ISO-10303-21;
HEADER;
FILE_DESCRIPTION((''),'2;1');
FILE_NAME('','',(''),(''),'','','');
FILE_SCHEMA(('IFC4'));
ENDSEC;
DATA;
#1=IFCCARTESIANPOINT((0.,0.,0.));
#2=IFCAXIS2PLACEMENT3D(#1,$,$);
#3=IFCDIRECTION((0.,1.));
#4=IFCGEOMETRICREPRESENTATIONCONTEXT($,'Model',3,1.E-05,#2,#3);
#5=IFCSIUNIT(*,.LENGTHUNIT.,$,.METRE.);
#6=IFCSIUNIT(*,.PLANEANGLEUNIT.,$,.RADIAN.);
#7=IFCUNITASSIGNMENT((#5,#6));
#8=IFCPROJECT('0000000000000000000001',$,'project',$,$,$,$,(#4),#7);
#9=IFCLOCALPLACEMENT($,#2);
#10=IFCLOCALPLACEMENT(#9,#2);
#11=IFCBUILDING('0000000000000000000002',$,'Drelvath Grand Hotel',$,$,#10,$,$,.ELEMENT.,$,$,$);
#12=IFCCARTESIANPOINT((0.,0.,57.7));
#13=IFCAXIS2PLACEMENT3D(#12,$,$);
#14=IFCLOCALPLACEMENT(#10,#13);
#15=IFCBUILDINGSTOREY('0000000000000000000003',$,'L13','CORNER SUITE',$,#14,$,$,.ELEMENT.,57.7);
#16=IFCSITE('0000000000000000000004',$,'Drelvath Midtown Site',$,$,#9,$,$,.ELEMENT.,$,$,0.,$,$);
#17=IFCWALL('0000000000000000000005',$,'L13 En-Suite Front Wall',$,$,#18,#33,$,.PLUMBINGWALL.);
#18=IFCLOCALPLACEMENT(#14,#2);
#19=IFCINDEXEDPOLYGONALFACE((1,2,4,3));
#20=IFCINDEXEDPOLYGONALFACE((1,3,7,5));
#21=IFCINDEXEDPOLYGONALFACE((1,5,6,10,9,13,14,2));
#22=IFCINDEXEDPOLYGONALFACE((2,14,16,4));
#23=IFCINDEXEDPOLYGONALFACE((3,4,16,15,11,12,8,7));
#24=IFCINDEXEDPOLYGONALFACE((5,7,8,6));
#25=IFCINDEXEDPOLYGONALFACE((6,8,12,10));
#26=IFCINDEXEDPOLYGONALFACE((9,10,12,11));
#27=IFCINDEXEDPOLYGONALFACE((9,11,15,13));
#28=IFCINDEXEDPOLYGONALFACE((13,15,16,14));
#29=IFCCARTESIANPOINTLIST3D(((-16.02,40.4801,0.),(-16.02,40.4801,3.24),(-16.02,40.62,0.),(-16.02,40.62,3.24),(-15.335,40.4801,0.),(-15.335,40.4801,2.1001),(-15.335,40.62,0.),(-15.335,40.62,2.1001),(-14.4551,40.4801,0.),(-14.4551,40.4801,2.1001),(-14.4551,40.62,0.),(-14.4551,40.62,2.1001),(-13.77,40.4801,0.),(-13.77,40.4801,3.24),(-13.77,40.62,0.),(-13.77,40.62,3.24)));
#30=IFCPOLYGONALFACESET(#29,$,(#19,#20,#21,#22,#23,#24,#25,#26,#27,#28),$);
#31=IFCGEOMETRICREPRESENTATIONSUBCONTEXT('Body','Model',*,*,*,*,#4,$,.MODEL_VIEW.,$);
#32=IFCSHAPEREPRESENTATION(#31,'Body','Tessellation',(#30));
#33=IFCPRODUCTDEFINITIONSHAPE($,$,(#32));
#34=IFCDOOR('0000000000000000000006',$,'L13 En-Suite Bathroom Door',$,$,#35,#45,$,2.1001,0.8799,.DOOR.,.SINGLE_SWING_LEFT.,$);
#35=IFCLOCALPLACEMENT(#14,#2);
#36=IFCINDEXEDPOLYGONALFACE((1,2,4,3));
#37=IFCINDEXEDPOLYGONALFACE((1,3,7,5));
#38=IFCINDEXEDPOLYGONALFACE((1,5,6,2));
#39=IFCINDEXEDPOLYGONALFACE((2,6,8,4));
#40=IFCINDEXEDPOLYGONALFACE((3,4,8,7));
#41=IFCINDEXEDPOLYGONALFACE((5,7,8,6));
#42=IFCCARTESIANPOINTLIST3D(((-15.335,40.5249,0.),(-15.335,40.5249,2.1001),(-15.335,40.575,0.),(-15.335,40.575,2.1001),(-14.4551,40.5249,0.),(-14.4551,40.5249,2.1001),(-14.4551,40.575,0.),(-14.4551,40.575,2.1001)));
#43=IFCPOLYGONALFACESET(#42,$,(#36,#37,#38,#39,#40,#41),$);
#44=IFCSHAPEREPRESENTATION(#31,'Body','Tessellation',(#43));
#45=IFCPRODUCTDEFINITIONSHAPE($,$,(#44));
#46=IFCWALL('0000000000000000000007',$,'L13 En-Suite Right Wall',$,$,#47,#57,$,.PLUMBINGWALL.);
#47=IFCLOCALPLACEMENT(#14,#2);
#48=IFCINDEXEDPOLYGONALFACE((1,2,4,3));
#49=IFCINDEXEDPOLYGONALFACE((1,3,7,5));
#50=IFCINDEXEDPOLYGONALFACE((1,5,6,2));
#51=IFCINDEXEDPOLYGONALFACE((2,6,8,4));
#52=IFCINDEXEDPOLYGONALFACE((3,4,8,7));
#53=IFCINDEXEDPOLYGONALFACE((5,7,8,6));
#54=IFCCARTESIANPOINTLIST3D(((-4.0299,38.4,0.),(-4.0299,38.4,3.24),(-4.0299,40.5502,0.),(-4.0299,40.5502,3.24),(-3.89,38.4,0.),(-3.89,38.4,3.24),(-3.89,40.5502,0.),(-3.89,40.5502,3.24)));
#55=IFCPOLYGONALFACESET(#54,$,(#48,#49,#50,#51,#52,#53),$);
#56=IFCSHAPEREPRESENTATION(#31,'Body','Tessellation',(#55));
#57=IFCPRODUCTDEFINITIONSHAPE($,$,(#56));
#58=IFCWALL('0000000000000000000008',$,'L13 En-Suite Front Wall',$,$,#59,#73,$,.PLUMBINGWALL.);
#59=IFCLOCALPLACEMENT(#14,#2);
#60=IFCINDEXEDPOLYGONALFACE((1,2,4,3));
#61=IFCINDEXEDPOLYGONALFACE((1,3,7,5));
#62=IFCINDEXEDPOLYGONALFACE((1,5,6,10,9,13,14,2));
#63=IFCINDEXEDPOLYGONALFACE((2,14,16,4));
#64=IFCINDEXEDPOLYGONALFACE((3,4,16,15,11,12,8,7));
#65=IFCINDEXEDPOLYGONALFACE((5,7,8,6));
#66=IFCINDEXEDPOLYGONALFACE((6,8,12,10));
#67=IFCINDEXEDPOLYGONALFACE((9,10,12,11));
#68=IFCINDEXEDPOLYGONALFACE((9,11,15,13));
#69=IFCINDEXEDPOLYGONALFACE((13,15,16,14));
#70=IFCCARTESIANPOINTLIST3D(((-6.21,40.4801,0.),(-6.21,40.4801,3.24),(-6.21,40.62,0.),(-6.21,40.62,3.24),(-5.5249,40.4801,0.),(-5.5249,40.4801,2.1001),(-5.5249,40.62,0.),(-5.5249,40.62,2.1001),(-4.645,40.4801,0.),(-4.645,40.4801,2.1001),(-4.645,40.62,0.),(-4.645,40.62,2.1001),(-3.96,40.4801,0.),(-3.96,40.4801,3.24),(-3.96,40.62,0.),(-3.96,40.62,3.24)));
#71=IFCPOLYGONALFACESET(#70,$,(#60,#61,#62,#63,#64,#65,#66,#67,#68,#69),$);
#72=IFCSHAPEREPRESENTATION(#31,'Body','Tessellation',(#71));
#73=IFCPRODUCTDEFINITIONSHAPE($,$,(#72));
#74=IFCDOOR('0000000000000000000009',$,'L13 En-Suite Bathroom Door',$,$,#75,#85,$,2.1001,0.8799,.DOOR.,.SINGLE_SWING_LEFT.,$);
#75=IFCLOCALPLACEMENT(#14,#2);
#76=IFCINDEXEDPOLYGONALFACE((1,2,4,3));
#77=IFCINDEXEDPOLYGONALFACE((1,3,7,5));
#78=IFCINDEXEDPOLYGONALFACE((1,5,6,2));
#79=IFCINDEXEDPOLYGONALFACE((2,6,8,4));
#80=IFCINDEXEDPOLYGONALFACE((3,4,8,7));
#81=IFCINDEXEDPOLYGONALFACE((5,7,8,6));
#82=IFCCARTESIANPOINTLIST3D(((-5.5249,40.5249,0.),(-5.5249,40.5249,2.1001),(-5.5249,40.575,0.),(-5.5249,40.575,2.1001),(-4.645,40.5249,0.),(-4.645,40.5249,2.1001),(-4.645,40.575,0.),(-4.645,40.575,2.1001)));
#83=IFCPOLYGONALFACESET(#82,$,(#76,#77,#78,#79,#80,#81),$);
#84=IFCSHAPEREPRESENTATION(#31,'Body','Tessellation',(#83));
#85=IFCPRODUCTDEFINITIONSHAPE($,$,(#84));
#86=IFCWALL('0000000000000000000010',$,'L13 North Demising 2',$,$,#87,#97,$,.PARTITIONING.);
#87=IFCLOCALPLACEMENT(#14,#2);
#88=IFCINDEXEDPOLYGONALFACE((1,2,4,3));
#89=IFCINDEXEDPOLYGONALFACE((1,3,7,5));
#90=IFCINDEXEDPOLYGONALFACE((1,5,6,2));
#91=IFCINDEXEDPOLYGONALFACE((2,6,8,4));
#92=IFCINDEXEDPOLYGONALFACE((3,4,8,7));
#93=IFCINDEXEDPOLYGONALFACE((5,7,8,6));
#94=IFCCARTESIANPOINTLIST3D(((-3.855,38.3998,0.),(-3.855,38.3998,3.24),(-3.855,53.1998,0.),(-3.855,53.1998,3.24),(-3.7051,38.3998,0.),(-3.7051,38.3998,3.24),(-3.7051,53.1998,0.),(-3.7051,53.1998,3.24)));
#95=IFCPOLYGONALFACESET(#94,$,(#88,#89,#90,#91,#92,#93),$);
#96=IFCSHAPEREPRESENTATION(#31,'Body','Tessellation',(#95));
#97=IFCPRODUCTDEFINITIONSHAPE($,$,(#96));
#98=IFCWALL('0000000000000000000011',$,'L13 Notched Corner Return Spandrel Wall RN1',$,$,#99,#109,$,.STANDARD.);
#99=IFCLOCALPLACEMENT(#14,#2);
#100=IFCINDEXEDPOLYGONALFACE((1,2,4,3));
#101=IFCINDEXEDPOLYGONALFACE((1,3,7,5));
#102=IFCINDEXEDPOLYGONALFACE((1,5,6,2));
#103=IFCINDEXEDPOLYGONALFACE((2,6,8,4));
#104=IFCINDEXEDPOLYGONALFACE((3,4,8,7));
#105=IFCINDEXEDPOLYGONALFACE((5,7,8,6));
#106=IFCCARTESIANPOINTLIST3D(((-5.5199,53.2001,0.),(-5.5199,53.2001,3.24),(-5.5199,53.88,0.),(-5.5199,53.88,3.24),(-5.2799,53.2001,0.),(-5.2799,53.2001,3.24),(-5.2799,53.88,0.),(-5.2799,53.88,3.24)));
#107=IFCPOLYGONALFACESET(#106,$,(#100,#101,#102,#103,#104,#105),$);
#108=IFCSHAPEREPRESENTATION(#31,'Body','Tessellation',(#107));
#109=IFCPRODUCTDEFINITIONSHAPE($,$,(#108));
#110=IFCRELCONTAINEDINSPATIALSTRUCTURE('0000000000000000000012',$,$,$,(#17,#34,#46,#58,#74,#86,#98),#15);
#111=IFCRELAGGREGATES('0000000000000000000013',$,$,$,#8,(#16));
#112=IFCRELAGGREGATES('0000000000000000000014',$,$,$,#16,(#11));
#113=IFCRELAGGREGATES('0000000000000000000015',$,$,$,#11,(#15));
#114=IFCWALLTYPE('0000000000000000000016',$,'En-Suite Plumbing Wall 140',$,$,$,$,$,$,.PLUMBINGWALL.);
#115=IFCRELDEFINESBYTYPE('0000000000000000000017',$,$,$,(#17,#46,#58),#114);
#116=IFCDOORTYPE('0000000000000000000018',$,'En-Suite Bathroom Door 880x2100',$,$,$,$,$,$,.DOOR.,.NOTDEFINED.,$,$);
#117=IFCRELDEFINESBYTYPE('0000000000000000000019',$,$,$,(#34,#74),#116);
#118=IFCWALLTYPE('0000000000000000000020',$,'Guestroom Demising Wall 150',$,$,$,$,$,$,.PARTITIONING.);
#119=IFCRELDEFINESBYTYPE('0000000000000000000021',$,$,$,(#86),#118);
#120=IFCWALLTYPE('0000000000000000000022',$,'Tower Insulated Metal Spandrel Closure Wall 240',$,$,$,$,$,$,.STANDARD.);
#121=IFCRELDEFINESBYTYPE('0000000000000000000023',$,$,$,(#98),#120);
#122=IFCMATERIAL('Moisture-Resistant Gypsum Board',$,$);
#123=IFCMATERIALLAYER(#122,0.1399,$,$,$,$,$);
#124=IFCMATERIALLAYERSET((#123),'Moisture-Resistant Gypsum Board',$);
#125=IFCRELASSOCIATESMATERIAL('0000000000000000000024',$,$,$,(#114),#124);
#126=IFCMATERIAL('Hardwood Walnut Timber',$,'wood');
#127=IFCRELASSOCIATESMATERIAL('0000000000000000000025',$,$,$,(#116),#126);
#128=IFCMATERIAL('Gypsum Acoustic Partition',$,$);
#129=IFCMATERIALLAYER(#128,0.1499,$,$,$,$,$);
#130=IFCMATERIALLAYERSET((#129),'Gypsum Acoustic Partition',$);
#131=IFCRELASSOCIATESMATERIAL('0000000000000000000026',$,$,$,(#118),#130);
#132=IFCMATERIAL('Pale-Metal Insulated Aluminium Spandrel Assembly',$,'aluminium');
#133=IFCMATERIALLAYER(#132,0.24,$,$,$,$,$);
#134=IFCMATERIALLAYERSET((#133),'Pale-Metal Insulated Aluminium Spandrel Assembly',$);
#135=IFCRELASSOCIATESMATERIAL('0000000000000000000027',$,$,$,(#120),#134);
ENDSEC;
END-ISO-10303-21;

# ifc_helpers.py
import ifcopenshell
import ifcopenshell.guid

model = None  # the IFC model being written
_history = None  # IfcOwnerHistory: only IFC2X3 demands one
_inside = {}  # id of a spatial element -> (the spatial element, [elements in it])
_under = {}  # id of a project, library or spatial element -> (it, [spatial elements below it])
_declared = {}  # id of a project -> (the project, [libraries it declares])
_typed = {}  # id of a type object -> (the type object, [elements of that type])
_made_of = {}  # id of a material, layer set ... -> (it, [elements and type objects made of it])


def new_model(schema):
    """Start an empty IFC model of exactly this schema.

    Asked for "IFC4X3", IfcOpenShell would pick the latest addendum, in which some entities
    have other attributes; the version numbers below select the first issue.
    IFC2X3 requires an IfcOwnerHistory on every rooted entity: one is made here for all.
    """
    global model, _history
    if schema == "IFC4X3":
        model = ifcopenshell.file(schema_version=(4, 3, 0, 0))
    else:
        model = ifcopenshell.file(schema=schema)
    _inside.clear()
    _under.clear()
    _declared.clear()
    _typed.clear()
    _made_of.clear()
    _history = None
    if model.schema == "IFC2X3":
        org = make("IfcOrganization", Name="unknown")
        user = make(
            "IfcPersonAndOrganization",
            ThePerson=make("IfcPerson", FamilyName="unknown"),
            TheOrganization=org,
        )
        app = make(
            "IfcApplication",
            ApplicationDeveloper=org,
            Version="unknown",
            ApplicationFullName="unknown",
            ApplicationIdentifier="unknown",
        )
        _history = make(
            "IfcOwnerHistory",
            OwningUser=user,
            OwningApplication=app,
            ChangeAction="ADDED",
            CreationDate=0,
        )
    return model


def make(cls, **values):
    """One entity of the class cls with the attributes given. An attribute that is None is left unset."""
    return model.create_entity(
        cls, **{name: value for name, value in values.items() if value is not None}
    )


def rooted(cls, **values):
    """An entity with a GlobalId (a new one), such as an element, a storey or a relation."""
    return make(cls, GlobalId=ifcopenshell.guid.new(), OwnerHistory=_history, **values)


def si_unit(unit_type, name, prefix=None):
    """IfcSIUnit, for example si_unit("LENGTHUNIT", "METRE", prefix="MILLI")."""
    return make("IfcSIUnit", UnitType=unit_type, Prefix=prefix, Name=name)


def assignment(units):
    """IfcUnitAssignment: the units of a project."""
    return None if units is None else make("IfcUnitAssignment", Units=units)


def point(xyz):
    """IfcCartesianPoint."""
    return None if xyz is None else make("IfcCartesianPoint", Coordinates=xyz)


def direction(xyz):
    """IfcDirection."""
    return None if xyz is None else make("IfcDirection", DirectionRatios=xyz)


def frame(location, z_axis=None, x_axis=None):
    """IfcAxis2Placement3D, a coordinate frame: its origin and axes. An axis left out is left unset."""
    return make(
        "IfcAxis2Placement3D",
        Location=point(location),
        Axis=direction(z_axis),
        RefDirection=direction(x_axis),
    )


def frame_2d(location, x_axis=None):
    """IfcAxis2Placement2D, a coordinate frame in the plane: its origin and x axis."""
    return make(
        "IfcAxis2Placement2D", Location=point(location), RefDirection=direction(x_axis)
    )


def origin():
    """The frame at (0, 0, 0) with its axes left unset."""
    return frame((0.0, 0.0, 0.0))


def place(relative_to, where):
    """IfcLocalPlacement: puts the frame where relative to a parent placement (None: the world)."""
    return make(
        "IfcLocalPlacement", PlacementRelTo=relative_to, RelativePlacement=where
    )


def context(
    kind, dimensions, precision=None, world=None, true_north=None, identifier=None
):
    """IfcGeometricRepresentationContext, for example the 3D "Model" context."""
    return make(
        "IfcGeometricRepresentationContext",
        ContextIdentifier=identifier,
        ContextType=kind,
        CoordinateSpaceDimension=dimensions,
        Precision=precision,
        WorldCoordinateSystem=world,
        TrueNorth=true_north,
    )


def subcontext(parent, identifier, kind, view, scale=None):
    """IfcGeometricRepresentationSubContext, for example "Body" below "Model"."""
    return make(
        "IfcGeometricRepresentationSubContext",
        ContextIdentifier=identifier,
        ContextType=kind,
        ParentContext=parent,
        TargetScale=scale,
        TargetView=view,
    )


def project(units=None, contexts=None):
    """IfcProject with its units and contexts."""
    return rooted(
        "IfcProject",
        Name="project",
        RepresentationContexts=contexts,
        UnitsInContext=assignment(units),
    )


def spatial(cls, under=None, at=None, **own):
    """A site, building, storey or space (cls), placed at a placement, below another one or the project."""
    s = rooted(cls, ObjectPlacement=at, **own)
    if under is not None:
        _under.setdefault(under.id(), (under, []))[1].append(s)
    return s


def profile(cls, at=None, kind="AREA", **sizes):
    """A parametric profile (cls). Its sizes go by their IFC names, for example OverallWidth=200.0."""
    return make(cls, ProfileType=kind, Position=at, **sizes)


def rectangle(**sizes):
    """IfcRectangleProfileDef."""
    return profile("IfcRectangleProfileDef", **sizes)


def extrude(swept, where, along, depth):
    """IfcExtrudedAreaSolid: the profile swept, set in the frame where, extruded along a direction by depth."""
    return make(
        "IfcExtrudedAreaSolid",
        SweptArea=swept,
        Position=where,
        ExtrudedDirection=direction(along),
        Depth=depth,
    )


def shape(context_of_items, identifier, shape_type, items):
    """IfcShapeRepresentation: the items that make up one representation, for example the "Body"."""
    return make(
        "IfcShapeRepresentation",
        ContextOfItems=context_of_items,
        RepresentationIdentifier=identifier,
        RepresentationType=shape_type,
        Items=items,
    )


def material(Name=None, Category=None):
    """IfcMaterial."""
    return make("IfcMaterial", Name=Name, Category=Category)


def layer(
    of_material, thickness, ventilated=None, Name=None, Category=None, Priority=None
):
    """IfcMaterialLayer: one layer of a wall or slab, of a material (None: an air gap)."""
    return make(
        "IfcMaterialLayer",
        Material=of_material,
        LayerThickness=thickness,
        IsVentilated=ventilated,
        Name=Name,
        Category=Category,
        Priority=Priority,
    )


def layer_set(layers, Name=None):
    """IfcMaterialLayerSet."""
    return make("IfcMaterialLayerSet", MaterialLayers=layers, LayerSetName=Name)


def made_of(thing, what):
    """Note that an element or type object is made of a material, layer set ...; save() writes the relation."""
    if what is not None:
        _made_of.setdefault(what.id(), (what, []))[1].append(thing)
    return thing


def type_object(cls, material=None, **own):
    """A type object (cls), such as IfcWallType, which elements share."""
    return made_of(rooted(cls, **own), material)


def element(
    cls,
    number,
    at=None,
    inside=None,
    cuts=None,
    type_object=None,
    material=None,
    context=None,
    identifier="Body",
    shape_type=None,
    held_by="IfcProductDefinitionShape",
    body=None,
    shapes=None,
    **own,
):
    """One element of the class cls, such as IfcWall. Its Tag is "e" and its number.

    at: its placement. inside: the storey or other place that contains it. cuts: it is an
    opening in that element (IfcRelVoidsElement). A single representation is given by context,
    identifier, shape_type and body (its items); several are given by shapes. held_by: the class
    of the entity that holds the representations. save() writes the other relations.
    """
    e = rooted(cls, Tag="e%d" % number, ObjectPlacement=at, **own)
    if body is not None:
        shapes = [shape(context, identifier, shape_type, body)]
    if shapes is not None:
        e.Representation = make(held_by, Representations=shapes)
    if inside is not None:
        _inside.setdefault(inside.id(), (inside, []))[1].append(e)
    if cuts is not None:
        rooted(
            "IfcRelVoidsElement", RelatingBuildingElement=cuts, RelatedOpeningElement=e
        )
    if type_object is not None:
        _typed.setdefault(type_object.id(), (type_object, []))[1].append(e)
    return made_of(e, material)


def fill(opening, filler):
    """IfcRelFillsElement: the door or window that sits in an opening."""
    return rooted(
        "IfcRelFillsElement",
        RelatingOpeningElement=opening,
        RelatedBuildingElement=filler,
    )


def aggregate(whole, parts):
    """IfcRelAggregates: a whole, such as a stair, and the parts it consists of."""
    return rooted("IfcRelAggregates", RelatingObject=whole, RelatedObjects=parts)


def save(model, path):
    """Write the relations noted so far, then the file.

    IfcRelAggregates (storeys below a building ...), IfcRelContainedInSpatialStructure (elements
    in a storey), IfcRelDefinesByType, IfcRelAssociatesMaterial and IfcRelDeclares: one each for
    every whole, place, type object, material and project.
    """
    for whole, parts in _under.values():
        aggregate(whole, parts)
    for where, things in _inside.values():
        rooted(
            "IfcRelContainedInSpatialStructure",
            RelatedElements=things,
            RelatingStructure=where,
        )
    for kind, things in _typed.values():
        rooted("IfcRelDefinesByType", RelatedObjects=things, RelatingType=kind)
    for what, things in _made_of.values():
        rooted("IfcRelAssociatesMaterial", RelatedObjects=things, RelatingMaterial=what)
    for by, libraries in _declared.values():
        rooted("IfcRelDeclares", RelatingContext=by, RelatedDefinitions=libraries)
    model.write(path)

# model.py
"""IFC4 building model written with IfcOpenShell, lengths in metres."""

from ifc_helpers import new_model, si_unit, direction, frame, frame_2d, origin, place, context, subcontext, project, spatial, rectangle, extrude, material, layer, layer_set, type_object, element, fill, save


model = new_model("IFC4")

# Units and contexts
model_context = context("Model", 3, precision=1e-05, world=origin(), true_north=direction((0.0, 1.0)))
body_context = subcontext(model_context, "Body", "Model", "MODEL_VIEW")
ifc_project = project(units=[si_unit("LENGTHUNIT", "METRE"), si_unit("PLANEANGLEUNIT", "RADIAN")], contexts=[model_context])

# Site, building, storey
site_placement = place(None, origin())
site = spatial("IfcSite", under=ifc_project, at=site_placement, Name="Drelvath Midtown Site", CompositionType="ELEMENT", RefElevation=0.0)
building_placement = place(site_placement, origin())
building = spatial("IfcBuilding", under=site, at=building_placement, Name="Drelvath Grand Hotel", CompositionType="ELEMENT")
storey_placement = place(building_placement, frame((0.0, 0.0, 57.7)))
storey = spatial("IfcBuildingStorey", under=building, at=storey_placement, Name="L13", Description="CORNER SUITE", CompositionType="ELEMENT", Elevation=57.7)

# Wall, opening, door
ifc_material_1 = material(Name="Moisture-Resistant Gypsum Board")
ifc_layer_1 = layer(ifc_material_1, 0.1399)
ifc_layer_set_1 = layer_set([ifc_layer_1], Name="Moisture-Resistant Gypsum Board")
wall_type_1 = type_object("IfcWallType", Name="En-Suite Plumbing Wall 140", PredefinedType="PLUMBINGWALL", material=ifc_layer_set_1)
wall_1_placement = place(storey_placement, frame((-16.02, 40.55, 0.0), z_axis=(0.0, 0.0, 1.0), x_axis=(1.0, 0.0, 0.0)))
wall_1 = element("IfcWall", 1, at=wall_1_placement, inside=storey, type_object=wall_type_1, Name="L13 En-Suite Front Wall", PredefinedType="PLUMBINGWALL", context=body_context, shape_type="SweptSolid", body=[
    extrude(rectangle(XDim=2.25, YDim=0.1399, at=frame_2d((1.125, 0.0))), origin(), (0.0, 0.0, 1.0), 3.24),
])
opening_1_placement = place(wall_1_placement, frame((0.6851, 0.0, 0.0)))
opening_1 = element("IfcOpeningElement", 2, at=opening_1_placement, cuts=wall_1, PredefinedType="OPENING", context=body_context, shape_type="SweptSolid", body=[
    extrude(rectangle(XDim=0.8799, YDim=2.1001, at=frame_2d((0.4399, 1.05))), frame((0.0, 0.0798, 0.0), z_axis=(0.0, -1.0, 0.0), x_axis=(1.0, 0.0, 0.0)), (0.0, 0.0, 1.0), 0.1599),
])
ifc_material_2 = material(Name="Hardwood Walnut Timber", Category="wood")
door_type = type_object("IfcDoorType", Name="En-Suite Bathroom Door 880x2100", OperationType="NOTDEFINED", PredefinedType="DOOR", material=ifc_material_2)
door_1_placement = place(opening_1_placement, origin())
door_1 = element("IfcDoor", 3, at=door_1_placement, inside=storey, type_object=door_type, Name="L13 En-Suite Bathroom Door", OperationType="SINGLE_SWING_LEFT", OverallHeight=2.1001, OverallWidth=0.8799, PredefinedType="DOOR", context=body_context, shape_type="SweptSolid", body=[
    extrude(rectangle(XDim=0.8799, YDim=2.1001, at=frame_2d((0.4399, 1.05))), frame((0.0, 0.0249, 0.0), z_axis=(0.0, -1.0, 0.0), x_axis=(1.0, 0.0, 0.0)), (0.0, 0.0, 1.0), 0.05),
])
fill(opening_1, door_1)

# Wall
wall_2_placement = place(storey_placement, frame((-3.96, 38.3999, 0.0), z_axis=(0.0, 0.0, 1.0), x_axis=(0.0, 1.0, 0.0)))
element("IfcWall", 4, at=wall_2_placement, inside=storey, type_object=wall_type_1, Name="L13 En-Suite Right Wall", PredefinedType="PLUMBINGWALL", context=body_context, shape_type="SweptSolid", body=[
    extrude(rectangle(XDim=2.1501, YDim=0.1399, at=frame_2d((1.0752, 0.0))), origin(), (0.0, 0.0, 1.0), 3.24),
])

# Wall, opening, door
wall_3_placement = place(storey_placement, frame((-6.21, 40.55, 0.0), z_axis=(0.0, 0.0, 1.0), x_axis=(1.0, 0.0, 0.0)))
wall_3 = element("IfcWall", 5, at=wall_3_placement, inside=storey, type_object=wall_type_1, Name="L13 En-Suite Front Wall", PredefinedType="PLUMBINGWALL", context=body_context, shape_type="SweptSolid", body=[
    extrude(rectangle(XDim=2.25, YDim=0.1399, at=frame_2d((1.125, 0.0))), origin(), (0.0, 0.0, 1.0), 3.24),
])
opening_2_placement = place(wall_3_placement, frame((0.6851, 0.0, 0.0)))
opening_2 = element("IfcOpeningElement", 6, at=opening_2_placement, cuts=wall_3, PredefinedType="OPENING", context=body_context, shape_type="SweptSolid", body=[
    extrude(rectangle(XDim=0.8799, YDim=2.1001, at=frame_2d((0.4399, 1.05))), frame((0.0, 0.0798, 0.0), z_axis=(0.0, -1.0, 0.0), x_axis=(1.0, 0.0, 0.0)), (0.0, 0.0, 1.0), 0.1599),
])
door_2_placement = place(opening_2_placement, origin())
door_2 = element("IfcDoor", 7, at=door_2_placement, inside=storey, type_object=door_type, Name="L13 En-Suite Bathroom Door", OperationType="SINGLE_SWING_LEFT", OverallHeight=2.1001, OverallWidth=0.8799, PredefinedType="DOOR", context=body_context, shape_type="SweptSolid", body=[
    extrude(rectangle(XDim=0.8799, YDim=2.1001, at=frame_2d((0.4399, 1.05))), frame((0.0, 0.0249, 0.0), z_axis=(0.0, -1.0, 0.0), x_axis=(1.0, 0.0, 0.0)), (0.0, 0.0, 1.0), 0.05),
])
fill(opening_2, door_2)

# Walls
ifc_material_3 = material(Name="Gypsum Acoustic Partition")
ifc_layer_2 = layer(ifc_material_3, 0.1499)
ifc_layer_set_2 = layer_set([ifc_layer_2], Name="Gypsum Acoustic Partition")
wall_type_2 = type_object("IfcWallType", Name="Guestroom Demising Wall 150", PredefinedType="PARTITIONING", material=ifc_layer_set_2)
wall_4_placement = place(storey_placement, frame((-3.78, 38.3999, 0.0), z_axis=(0.0, 0.0, 1.0), x_axis=(0.0, 1.0, 0.0)))
element("IfcWall", 8, at=wall_4_placement, inside=storey, type_object=wall_type_2, Name="L13 North Demising 2", PredefinedType="PARTITIONING", context=body_context, shape_type="SweptSolid", body=[
    extrude(rectangle(XDim=14.8, YDim=0.1499, at=frame_2d((7.3999, 0.0))), origin(), (0.0, 0.0, 1.0), 3.24),
])
ifc_material_4 = material(Name="Pale-Metal Insulated Aluminium Spandrel Assembly", Category="aluminium")
ifc_layer_3 = layer(ifc_material_4, 0.24)
ifc_layer_set_3 = layer_set([ifc_layer_3], Name="Pale-Metal Insulated Aluminium Spandrel Assembly")
wall_type_3 = type_object("IfcWallType", Name="Tower Insulated Metal Spandrel Closure Wall 240", PredefinedType="STANDARD", material=ifc_layer_set_3)
wall_5_placement = place(storey_placement, frame((-5.3999, 53.8799, 0.0), z_axis=(0.0, 0.0, 1.0), x_axis=(0.0, -1.0, 0.0)))
element("IfcWall", 9, at=wall_5_placement, inside=storey, type_object=wall_type_3, Name="L13 Notched Corner Return Spandrel Wall RN1", PredefinedType="STANDARD", context=body_context, shape_type="SweptSolid", body=[
    extrude(rectangle(XDim=0.6799, YDim=0.24, at=frame_2d((0.3398, 0.0))), origin(), (0.0, 0.0, 1.0), 3.24),
])

save(model, "model.ifc")
